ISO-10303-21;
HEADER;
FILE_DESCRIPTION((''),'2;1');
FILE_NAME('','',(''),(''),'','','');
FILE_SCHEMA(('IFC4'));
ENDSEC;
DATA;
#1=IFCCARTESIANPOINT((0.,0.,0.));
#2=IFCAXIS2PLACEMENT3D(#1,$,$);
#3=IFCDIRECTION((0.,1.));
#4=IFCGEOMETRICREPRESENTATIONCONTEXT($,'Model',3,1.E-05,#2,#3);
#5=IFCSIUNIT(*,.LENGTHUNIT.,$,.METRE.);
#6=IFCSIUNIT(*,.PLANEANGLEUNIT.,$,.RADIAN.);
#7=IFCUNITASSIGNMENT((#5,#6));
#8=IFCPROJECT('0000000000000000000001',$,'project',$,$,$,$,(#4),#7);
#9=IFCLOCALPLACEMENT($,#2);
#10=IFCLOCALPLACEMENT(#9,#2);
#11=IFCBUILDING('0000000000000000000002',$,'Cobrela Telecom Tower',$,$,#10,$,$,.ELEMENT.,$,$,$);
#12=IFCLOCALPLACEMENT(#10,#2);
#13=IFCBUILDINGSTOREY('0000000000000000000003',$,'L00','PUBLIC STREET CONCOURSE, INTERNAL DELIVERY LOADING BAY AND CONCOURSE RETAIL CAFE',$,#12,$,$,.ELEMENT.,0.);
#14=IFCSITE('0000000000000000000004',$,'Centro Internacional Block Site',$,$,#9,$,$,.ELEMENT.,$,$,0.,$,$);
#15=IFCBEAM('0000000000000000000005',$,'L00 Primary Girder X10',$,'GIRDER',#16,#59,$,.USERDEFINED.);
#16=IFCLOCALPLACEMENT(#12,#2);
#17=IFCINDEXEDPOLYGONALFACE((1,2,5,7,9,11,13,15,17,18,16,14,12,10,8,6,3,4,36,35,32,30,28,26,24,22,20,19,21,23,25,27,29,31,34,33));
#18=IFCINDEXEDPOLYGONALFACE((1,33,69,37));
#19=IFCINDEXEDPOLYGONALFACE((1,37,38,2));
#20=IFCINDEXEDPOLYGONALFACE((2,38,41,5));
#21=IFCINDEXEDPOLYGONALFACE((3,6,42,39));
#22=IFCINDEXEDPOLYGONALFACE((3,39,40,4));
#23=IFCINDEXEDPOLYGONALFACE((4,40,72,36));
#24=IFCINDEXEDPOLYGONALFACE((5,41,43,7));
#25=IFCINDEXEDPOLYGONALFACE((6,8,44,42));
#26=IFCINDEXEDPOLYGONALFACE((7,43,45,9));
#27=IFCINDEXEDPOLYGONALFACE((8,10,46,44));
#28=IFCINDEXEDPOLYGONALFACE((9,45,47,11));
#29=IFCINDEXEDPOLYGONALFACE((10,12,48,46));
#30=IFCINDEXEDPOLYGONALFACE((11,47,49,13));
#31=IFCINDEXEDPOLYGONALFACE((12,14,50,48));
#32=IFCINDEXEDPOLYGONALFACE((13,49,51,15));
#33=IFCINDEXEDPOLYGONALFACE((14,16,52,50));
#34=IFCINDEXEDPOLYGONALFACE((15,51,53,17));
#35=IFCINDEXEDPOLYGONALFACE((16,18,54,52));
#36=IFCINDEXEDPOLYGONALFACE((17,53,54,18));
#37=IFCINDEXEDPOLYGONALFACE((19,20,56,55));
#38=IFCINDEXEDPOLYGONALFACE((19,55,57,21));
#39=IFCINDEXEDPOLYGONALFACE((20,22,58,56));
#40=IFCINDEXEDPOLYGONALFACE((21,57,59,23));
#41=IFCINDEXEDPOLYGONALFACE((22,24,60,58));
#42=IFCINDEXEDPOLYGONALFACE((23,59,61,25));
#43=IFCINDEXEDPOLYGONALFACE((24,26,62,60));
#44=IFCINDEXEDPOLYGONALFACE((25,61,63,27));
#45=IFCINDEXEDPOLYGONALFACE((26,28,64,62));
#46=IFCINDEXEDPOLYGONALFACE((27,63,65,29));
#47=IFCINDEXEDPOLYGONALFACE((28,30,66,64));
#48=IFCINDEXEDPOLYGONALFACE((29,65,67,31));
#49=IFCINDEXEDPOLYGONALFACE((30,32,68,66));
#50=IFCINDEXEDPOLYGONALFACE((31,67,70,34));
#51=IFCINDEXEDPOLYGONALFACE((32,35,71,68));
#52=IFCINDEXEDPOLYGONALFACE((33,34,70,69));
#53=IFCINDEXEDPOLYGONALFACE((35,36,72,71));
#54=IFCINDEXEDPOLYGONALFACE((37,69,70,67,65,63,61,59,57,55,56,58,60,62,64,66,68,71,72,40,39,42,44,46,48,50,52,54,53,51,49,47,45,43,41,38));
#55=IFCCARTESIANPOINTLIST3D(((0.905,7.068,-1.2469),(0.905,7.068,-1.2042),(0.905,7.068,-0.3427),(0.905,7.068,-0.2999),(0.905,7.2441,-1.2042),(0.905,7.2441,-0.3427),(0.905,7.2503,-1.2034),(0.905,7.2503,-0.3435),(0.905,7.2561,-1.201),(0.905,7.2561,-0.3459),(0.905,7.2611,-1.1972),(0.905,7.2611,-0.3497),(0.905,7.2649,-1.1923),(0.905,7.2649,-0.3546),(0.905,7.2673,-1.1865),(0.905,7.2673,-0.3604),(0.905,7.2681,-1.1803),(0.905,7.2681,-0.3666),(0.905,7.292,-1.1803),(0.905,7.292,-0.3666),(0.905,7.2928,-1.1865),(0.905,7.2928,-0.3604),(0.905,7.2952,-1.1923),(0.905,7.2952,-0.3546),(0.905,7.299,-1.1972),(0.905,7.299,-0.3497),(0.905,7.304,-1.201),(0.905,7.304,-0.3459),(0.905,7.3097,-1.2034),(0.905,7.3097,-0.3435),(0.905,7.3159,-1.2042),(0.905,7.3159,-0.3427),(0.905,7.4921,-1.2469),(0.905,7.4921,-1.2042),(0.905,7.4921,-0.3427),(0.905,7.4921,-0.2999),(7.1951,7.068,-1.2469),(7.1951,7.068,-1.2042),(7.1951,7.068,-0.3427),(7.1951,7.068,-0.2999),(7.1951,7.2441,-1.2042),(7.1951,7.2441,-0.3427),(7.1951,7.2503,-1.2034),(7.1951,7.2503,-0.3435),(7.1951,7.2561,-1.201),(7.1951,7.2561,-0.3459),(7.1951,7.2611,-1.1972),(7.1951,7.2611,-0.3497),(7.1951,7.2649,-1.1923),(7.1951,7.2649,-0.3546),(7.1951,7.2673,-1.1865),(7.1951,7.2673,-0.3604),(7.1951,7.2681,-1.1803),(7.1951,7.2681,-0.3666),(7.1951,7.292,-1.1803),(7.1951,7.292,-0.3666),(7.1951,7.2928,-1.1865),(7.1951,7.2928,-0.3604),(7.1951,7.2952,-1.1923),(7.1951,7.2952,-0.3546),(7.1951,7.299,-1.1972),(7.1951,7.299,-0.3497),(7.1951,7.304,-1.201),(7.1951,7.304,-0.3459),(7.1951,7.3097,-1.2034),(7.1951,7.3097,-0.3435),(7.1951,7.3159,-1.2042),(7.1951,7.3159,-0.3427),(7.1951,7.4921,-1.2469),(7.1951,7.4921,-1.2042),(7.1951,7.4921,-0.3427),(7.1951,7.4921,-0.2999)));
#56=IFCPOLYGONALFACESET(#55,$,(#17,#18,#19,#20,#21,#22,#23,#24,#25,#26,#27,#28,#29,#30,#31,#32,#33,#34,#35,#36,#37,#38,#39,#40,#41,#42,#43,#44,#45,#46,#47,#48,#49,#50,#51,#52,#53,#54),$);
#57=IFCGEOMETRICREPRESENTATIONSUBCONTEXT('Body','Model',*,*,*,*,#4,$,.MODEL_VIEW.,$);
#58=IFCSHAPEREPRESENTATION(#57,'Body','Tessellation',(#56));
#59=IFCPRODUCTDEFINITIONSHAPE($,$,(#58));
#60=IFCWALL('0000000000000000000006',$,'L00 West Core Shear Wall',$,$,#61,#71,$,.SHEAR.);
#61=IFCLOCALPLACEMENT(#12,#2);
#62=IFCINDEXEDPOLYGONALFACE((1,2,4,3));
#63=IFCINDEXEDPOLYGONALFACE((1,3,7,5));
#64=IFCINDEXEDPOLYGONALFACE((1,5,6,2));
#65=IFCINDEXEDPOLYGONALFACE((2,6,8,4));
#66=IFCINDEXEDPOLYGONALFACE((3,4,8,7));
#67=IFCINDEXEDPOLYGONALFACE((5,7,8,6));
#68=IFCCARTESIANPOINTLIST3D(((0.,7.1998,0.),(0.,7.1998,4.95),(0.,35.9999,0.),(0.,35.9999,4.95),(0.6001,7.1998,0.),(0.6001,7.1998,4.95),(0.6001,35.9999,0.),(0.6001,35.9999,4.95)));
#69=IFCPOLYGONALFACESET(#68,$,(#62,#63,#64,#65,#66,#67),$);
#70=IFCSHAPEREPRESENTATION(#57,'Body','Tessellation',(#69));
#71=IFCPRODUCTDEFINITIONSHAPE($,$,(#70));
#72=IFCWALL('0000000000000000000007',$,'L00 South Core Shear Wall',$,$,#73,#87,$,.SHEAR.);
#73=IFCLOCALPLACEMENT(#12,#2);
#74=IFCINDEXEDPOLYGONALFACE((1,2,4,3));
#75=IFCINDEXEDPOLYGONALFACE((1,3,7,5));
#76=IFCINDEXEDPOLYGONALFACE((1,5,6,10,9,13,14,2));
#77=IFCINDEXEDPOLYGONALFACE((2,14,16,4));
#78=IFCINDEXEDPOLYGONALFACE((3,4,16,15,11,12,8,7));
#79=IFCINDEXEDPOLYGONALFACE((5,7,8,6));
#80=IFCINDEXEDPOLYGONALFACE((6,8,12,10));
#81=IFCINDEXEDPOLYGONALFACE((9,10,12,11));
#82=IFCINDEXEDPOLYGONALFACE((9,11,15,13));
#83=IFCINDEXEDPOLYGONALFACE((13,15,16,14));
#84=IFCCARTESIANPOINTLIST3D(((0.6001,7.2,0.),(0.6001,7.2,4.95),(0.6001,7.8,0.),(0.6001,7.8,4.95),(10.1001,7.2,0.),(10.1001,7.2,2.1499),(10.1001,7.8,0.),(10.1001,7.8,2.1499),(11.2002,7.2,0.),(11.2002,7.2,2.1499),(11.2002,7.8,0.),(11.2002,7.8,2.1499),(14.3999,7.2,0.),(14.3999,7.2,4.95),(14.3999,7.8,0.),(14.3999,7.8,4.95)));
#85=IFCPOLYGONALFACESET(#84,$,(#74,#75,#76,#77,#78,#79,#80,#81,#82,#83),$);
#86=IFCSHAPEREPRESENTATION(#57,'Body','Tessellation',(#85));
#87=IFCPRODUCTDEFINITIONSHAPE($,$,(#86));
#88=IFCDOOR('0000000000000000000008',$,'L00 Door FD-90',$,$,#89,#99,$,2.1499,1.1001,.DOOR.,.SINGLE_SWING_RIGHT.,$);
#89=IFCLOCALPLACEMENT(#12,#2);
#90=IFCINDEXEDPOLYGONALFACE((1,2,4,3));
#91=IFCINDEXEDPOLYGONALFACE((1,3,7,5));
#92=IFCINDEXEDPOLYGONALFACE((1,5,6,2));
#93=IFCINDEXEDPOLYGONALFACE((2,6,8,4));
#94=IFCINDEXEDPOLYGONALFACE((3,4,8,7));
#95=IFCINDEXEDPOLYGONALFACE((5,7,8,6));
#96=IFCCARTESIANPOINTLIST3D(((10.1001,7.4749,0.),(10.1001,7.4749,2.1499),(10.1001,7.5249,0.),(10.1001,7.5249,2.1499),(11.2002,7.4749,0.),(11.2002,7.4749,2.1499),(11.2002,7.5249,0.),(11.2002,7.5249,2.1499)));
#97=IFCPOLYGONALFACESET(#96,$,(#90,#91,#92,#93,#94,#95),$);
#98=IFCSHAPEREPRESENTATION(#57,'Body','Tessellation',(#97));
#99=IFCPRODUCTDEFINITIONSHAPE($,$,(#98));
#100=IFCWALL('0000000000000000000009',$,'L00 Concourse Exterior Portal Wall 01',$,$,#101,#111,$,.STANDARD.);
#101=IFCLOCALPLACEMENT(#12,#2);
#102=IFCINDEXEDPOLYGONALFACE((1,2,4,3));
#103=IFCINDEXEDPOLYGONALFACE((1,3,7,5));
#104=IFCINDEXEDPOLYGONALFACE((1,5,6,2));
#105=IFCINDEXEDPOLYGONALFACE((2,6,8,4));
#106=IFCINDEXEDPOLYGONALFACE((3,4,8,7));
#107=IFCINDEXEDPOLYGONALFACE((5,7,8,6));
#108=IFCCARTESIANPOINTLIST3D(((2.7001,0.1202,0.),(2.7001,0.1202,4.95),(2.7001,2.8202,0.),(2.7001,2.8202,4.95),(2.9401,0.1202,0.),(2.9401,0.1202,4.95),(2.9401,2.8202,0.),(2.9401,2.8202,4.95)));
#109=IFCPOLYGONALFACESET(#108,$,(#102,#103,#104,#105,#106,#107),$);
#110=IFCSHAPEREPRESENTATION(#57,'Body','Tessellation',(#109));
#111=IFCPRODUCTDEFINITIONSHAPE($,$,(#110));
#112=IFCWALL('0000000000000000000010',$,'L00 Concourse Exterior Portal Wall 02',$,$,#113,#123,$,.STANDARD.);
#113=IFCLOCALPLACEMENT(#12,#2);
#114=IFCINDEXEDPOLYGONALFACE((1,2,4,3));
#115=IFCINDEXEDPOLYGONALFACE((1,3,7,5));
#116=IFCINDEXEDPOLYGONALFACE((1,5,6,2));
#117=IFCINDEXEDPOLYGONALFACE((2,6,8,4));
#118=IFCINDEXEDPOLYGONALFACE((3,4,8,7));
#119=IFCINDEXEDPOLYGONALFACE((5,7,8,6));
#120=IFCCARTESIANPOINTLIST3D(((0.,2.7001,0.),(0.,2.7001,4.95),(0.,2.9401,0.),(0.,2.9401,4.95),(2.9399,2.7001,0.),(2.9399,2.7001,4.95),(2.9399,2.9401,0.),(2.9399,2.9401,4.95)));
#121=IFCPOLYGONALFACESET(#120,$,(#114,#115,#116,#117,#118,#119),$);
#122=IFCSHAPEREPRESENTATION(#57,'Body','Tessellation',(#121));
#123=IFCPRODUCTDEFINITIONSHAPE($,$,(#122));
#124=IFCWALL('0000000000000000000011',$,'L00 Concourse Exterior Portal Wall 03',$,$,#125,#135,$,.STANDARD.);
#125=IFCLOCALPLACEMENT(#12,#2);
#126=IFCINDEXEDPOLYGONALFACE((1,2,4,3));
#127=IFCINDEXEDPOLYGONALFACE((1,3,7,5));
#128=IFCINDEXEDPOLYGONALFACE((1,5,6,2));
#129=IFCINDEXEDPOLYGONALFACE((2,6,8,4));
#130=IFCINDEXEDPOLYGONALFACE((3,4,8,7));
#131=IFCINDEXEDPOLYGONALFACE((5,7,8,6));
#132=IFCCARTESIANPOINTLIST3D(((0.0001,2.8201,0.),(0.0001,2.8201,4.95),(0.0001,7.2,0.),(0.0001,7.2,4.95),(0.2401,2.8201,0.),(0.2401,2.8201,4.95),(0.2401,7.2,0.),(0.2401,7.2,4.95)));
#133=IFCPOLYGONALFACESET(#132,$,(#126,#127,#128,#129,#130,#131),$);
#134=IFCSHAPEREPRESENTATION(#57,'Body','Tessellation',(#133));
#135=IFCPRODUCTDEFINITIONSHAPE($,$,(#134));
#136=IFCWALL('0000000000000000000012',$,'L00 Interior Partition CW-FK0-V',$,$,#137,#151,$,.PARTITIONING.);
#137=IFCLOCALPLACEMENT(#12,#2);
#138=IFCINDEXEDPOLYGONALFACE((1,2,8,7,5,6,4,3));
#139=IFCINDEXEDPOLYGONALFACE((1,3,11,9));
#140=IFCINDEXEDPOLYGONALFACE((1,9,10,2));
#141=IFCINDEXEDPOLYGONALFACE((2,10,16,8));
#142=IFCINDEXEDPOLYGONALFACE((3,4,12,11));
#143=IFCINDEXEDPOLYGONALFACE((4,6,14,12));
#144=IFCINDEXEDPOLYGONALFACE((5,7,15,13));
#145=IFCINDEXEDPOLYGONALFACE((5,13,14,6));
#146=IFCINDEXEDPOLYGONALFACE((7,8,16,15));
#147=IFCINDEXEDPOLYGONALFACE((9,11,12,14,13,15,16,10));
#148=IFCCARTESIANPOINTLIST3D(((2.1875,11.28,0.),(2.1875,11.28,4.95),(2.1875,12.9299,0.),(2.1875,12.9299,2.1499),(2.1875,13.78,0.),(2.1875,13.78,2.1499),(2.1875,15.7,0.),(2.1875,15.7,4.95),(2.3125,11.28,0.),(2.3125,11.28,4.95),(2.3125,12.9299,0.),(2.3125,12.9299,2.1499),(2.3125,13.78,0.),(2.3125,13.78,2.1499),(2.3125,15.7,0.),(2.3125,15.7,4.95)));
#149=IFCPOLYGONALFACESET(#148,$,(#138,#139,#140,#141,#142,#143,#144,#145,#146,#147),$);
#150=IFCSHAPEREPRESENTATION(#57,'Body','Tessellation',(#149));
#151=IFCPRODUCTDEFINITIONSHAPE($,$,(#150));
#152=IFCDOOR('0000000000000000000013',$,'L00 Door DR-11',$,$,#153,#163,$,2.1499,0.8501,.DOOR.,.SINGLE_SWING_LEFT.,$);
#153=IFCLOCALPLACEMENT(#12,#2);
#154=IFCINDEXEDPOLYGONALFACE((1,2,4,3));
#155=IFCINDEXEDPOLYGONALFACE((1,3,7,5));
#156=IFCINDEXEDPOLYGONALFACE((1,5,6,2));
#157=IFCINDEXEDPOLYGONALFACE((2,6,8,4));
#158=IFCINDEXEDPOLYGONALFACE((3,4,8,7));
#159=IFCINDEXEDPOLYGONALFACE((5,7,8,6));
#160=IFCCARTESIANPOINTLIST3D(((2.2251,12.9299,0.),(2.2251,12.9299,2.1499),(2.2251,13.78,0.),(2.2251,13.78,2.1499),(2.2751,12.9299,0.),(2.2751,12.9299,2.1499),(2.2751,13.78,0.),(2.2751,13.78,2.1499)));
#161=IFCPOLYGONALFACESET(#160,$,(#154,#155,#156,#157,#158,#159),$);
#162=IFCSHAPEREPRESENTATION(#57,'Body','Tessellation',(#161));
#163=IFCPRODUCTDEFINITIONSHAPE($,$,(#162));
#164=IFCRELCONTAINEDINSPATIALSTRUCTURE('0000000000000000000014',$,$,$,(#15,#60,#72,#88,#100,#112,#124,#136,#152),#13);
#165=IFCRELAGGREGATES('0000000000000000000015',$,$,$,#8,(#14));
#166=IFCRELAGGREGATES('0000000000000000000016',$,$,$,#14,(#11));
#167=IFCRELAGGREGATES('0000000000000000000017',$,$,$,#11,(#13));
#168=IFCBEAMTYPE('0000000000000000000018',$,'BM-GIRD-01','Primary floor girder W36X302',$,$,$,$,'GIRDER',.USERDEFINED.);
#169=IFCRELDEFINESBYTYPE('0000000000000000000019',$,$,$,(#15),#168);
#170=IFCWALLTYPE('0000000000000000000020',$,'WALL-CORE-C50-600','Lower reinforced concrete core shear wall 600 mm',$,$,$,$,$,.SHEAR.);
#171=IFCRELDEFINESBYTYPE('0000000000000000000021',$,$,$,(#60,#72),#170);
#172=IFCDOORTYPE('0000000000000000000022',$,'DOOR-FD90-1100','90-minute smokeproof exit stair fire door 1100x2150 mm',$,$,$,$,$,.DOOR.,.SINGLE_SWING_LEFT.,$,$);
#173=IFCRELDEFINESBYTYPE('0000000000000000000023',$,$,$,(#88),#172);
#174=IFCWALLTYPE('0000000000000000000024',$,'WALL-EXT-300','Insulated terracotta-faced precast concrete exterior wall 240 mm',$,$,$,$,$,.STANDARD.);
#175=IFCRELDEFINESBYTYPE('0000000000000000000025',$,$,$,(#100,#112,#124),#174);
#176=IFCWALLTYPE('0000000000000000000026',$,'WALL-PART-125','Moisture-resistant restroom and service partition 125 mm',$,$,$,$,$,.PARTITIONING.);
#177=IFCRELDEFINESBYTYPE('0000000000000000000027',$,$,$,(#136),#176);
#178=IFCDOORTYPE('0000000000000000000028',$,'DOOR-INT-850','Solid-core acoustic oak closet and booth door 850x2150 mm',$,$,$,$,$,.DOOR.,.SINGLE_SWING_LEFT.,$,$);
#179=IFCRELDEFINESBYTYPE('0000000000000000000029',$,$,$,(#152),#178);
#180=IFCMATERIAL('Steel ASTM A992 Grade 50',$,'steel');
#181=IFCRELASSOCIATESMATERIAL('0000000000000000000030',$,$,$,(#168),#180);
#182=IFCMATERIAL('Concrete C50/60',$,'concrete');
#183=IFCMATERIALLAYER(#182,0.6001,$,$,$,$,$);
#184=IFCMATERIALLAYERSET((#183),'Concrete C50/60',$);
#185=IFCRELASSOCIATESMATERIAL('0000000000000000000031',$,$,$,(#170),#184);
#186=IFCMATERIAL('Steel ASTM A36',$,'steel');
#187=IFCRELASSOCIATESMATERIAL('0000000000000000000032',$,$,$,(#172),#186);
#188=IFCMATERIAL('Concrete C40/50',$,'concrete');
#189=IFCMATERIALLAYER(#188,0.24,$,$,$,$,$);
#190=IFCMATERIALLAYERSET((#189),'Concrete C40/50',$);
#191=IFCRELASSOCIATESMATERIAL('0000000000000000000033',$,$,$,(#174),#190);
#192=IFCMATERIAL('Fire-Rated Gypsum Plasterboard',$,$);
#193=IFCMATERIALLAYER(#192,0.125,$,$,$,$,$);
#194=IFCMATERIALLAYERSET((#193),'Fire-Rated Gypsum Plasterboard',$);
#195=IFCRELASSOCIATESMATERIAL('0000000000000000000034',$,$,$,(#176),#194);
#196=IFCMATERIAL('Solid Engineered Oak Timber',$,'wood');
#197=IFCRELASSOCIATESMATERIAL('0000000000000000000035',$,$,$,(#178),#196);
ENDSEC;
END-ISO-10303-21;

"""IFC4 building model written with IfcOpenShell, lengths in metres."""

from ifc_helpers import new_model, si_unit, direction, frame, frame_2d, origin, origin_2d, place, context, subcontext, project, spatial, rectangle, i_section, extrude, material, layer, layer_set, material_profile, profile_set, type_object, element, fill, save


model = new_model("IFC4")

# Units and contexts
model_context = context("Model", 3, precision=1e-05, world=origin(), true_north=direction((0.0, 1.0)))
body_context = subcontext(model_context, "Body", "Model", "MODEL_VIEW")
ifc_project = project(units=[si_unit("LENGTHUNIT", "METRE"), si_unit("PLANEANGLEUNIT", "RADIAN")], contexts=[model_context])

# Site, building, storey
site_placement = place(None, origin())
site = spatial("IfcSite", under=ifc_project, at=site_placement, Name="Centro Internacional Block Site", CompositionType="ELEMENT", RefElevation=0.0)
building_placement = place(site_placement, origin())
building = spatial("IfcBuilding", under=site, at=building_placement, Name="Cobrela Telecom Tower", CompositionType="ELEMENT")
storey_placement = place(building_placement, origin())
storey = spatial("IfcBuildingStorey", under=building, at=storey_placement, Name="L00", Description="PUBLIC STREET CONCOURSE, INTERNAL DELIVERY LOADING BAY AND CONCOURSE RETAIL CAFE", CompositionType="ELEMENT", Elevation=0.0)

# Beam
ifc_material_1 = material(Name="Steel ASTM A992 Grade 50", Category="steel")
ifc_material_profile = material_profile(ifc_material_1, i_section(OverallWidth=0.4241, OverallDepth=0.947, WebThickness=0.0239, FlangeThickness=0.0427, FilletRadius=0.0239, at=origin_2d()), Name="W36X302")
ifc_profile_set = profile_set([ifc_material_profile], Name="Steel ASTM A992 Grade 50")
beam_type = type_object("IfcBeamType", Name="BM-GIRD-01", Description="Primary floor girder W36X302", ElementType="GIRDER", PredefinedType="USERDEFINED", material=ifc_profile_set)
beam_placement = place(storey_placement, frame((0.905, 7.28, -0.7734), z_axis=(1.0, 0.0, 0.0), x_axis=(0.0, 1.0, 0.0)))
element("IfcBeam", 1, at=beam_placement, inside=storey, type_object=beam_type, Name="L00 Primary Girder X10", ObjectType="GIRDER", PredefinedType="USERDEFINED", context=body_context, shape_type="SweptSolid", body=[
    extrude(i_section(OverallWidth=0.4241, OverallDepth=0.947, WebThickness=0.0239, FlangeThickness=0.0427, FilletRadius=0.0239, at=origin_2d()), origin(), (0.0, 0.0, 1.0), 6.29),
])

# Wall
ifc_material_2 = material(Name="Concrete C50/60", Category="concrete")
ifc_layer_1 = layer(ifc_material_2, 0.6001)
ifc_layer_set_1 = layer_set([ifc_layer_1], Name="Concrete C50/60")
wall_type_1 = type_object("IfcWallType", Name="WALL-CORE-C50-600", Description="Lower reinforced concrete core shear wall 600 mm", PredefinedType="SHEAR", material=ifc_layer_set_1)
wall_1_placement = place(storey_placement, frame((0.3, 7.2, 0.0), z_axis=(0.0, 0.0, 1.0), x_axis=(0.0, 1.0, 0.0)))
element("IfcWall", 2, at=wall_1_placement, inside=storey, type_object=wall_type_1, Name="L00 West Core Shear Wall", PredefinedType="SHEAR", context=body_context, shape_type="SweptSolid", body=[
    extrude(rectangle(XDim=28.8, YDim=0.6001, at=frame_2d((14.3999, 0.0))), origin(), (0.0, 0.0, 1.0), 4.95),
])

# Wall, opening, door
wall_2_placement = place(storey_placement, frame((0.6001, 7.5, 0.0), z_axis=(0.0, 0.0, 1.0), x_axis=(1.0, 0.0, 0.0)))
wall_2 = element("IfcWall", 3, at=wall_2_placement, inside=storey, type_object=wall_type_1, Name="L00 South Core Shear Wall", PredefinedType="SHEAR", context=body_context, shape_type="SweptSolid", body=[
    extrude(rectangle(XDim=13.7998, YDim=0.6001, at=frame_2d((6.8999, 0.0))), origin(), (0.0, 0.0, 1.0), 4.95),
])
opening_1_placement = place(wall_2_placement, frame((9.5, 0.0, 0.0)))
opening_1 = element("IfcOpeningElement", 4, at=opening_1_placement, cuts=wall_2, PredefinedType="OPENING", context=body_context, shape_type="SweptSolid", body=[
    extrude(rectangle(XDim=1.1001, YDim=2.1499, at=frame_2d((0.55, 1.075))), frame((0.0, 0.312, 0.0), z_axis=(0.0, -1.0, 0.0), x_axis=(1.0, 0.0, 0.0)), (0.0, 0.0, 1.0), 0.624),
])
ifc_material_3 = material(Name="Steel ASTM A36", Category="steel")
door_type_1 = type_object("IfcDoorType", Name="DOOR-FD90-1100", Description="90-minute smokeproof exit stair fire door 1100x2150 mm", OperationType="SINGLE_SWING_LEFT", PredefinedType="DOOR", material=ifc_material_3)
door_1_placement = place(opening_1_placement, origin())
door_1 = element("IfcDoor", 5, at=door_1_placement, inside=storey, type_object=door_type_1, Name="L00 Door FD-90", OperationType="SINGLE_SWING_RIGHT", OverallHeight=2.1499, OverallWidth=1.1001, PredefinedType="DOOR", context=body_context, shape_type="SweptSolid", body=[
    extrude(rectangle(XDim=1.1001, YDim=2.1499, at=frame_2d((0.55, 1.075))), frame((0.0, 0.0249, 0.0), z_axis=(0.0, -1.0, 0.0), x_axis=(1.0, 0.0, 0.0)), (0.0, 0.0, 1.0), 0.05),
])
fill(opening_1, door_1)

# Walls
ifc_material_4 = material(Name="Concrete C40/50", Category="concrete")
ifc_layer_2 = layer(ifc_material_4, 0.24)
ifc_layer_set_2 = layer_set([ifc_layer_2], Name="Concrete C40/50")
wall_type_2 = type_object("IfcWallType", Name="WALL-EXT-300", Description="Insulated terracotta-faced precast concrete exterior wall 240 mm", PredefinedType="STANDARD", material=ifc_layer_set_2)
wall_3_placement = place(storey_placement, frame((2.8201, 0.1201, 0.0), z_axis=(0.0, 0.0, 1.0), x_axis=(0.0, 1.0, 0.0)))
element("IfcWall", 6, at=wall_3_placement, inside=storey, type_object=wall_type_2, Name="L00 Concourse Exterior Portal Wall 01", PredefinedType="STANDARD", context=body_context, shape_type="SweptSolid", body=[
    extrude(rectangle(XDim=2.7, YDim=0.24, at=frame_2d((1.3501, 0.0))), origin(), (0.0, 0.0, 1.0), 4.95),
])
wall_4_placement = place(storey_placement, frame((2.9399, 2.8201, 0.0), z_axis=(0.0, 0.0, 1.0), x_axis=(-1.0, 0.0, 0.0)))
element("IfcWall", 7, at=wall_4_placement, inside=storey, type_object=wall_type_2, Name="L00 Concourse Exterior Portal Wall 02", PredefinedType="STANDARD", context=body_context, shape_type="SweptSolid", body=[
    extrude(rectangle(XDim=2.9399, YDim=0.24, at=frame_2d((1.47, 0.0))), origin(), (0.0, 0.0, 1.0), 4.95),
])
wall_5_placement = place(storey_placement, frame((0.1201, 2.8201, 0.0), z_axis=(0.0, 0.0, 1.0), x_axis=(0.0, 1.0, 0.0)))
element("IfcWall", 8, at=wall_5_placement, inside=storey, type_object=wall_type_2, Name="L00 Concourse Exterior Portal Wall 03", PredefinedType="STANDARD", context=body_context, shape_type="SweptSolid", body=[
    extrude(rectangle(XDim=4.3799, YDim=0.24, at=frame_2d((2.1899, 0.0))), origin(), (0.0, 0.0, 1.0), 4.95),
])

# Wall, opening, door
ifc_material_5 = material(Name="Fire-Rated Gypsum Plasterboard")
ifc_layer_3 = layer(ifc_material_5, 0.125)
ifc_layer_set_3 = layer_set([ifc_layer_3], Name="Fire-Rated Gypsum Plasterboard")
wall_type_3 = type_object("IfcWallType", Name="WALL-PART-125", Description="Moisture-resistant restroom and service partition 125 mm", PredefinedType="PARTITIONING", material=ifc_layer_set_3)
wall_6_placement = place(storey_placement, frame((2.25, 11.28, 0.0), z_axis=(0.0, 0.0, 1.0), x_axis=(0.0, 1.0, 0.0)))
wall_6 = element("IfcWall", 9, at=wall_6_placement, inside=storey, type_object=wall_type_3, Name="L00 Interior Partition CW-FK0-V", PredefinedType="PARTITIONING", context=body_context, shape_type="SweptSolid", body=[
    extrude(rectangle(XDim=4.4199, YDim=0.125, at=frame_2d((2.21, 0.0))), origin(), (0.0, 0.0, 1.0), 4.95),
])
opening_2_placement = place(wall_6_placement, frame((1.6499, 0.0, 0.0)))
opening_2 = element("IfcOpeningElement", 10, at=opening_2_placement, cuts=wall_6, PredefinedType="OPENING", context=body_context, shape_type="SweptSolid", body=[
    extrude(rectangle(XDim=0.8501, YDim=2.1499, at=frame_2d((0.425, 1.075))), frame((0.0, 0.0745, 0.0), z_axis=(0.0, -1.0, 0.0), x_axis=(1.0, 0.0, 0.0)), (0.0, 0.0, 1.0), 0.1489),
])
ifc_material_6 = material(Name="Solid Engineered Oak Timber", Category="wood")
door_type_2 = type_object("IfcDoorType", Name="DOOR-INT-850", Description="Solid-core acoustic oak closet and booth door 850x2150 mm", OperationType="SINGLE_SWING_LEFT", PredefinedType="DOOR", material=ifc_material_6)
door_2_placement = place(opening_2_placement, origin())
door_2 = element("IfcDoor", 11, at=door_2_placement, inside=storey, type_object=door_type_2, Name="L00 Door DR-11", OperationType="SINGLE_SWING_LEFT", OverallHeight=2.1499, OverallWidth=0.8501, PredefinedType="DOOR", context=body_context, shape_type="SweptSolid", body=[
    extrude(rectangle(XDim=0.8501, YDim=2.1499, at=frame_2d((0.425, 1.075))), frame((0.0, 0.0249, 0.0), z_axis=(0.0, -1.0, 0.0), x_axis=(1.0, 0.0, 0.0)), (0.0, 0.0, 1.0), 0.05),
])
fill(opening_2, door_2)

save(model, "model.ifc")
